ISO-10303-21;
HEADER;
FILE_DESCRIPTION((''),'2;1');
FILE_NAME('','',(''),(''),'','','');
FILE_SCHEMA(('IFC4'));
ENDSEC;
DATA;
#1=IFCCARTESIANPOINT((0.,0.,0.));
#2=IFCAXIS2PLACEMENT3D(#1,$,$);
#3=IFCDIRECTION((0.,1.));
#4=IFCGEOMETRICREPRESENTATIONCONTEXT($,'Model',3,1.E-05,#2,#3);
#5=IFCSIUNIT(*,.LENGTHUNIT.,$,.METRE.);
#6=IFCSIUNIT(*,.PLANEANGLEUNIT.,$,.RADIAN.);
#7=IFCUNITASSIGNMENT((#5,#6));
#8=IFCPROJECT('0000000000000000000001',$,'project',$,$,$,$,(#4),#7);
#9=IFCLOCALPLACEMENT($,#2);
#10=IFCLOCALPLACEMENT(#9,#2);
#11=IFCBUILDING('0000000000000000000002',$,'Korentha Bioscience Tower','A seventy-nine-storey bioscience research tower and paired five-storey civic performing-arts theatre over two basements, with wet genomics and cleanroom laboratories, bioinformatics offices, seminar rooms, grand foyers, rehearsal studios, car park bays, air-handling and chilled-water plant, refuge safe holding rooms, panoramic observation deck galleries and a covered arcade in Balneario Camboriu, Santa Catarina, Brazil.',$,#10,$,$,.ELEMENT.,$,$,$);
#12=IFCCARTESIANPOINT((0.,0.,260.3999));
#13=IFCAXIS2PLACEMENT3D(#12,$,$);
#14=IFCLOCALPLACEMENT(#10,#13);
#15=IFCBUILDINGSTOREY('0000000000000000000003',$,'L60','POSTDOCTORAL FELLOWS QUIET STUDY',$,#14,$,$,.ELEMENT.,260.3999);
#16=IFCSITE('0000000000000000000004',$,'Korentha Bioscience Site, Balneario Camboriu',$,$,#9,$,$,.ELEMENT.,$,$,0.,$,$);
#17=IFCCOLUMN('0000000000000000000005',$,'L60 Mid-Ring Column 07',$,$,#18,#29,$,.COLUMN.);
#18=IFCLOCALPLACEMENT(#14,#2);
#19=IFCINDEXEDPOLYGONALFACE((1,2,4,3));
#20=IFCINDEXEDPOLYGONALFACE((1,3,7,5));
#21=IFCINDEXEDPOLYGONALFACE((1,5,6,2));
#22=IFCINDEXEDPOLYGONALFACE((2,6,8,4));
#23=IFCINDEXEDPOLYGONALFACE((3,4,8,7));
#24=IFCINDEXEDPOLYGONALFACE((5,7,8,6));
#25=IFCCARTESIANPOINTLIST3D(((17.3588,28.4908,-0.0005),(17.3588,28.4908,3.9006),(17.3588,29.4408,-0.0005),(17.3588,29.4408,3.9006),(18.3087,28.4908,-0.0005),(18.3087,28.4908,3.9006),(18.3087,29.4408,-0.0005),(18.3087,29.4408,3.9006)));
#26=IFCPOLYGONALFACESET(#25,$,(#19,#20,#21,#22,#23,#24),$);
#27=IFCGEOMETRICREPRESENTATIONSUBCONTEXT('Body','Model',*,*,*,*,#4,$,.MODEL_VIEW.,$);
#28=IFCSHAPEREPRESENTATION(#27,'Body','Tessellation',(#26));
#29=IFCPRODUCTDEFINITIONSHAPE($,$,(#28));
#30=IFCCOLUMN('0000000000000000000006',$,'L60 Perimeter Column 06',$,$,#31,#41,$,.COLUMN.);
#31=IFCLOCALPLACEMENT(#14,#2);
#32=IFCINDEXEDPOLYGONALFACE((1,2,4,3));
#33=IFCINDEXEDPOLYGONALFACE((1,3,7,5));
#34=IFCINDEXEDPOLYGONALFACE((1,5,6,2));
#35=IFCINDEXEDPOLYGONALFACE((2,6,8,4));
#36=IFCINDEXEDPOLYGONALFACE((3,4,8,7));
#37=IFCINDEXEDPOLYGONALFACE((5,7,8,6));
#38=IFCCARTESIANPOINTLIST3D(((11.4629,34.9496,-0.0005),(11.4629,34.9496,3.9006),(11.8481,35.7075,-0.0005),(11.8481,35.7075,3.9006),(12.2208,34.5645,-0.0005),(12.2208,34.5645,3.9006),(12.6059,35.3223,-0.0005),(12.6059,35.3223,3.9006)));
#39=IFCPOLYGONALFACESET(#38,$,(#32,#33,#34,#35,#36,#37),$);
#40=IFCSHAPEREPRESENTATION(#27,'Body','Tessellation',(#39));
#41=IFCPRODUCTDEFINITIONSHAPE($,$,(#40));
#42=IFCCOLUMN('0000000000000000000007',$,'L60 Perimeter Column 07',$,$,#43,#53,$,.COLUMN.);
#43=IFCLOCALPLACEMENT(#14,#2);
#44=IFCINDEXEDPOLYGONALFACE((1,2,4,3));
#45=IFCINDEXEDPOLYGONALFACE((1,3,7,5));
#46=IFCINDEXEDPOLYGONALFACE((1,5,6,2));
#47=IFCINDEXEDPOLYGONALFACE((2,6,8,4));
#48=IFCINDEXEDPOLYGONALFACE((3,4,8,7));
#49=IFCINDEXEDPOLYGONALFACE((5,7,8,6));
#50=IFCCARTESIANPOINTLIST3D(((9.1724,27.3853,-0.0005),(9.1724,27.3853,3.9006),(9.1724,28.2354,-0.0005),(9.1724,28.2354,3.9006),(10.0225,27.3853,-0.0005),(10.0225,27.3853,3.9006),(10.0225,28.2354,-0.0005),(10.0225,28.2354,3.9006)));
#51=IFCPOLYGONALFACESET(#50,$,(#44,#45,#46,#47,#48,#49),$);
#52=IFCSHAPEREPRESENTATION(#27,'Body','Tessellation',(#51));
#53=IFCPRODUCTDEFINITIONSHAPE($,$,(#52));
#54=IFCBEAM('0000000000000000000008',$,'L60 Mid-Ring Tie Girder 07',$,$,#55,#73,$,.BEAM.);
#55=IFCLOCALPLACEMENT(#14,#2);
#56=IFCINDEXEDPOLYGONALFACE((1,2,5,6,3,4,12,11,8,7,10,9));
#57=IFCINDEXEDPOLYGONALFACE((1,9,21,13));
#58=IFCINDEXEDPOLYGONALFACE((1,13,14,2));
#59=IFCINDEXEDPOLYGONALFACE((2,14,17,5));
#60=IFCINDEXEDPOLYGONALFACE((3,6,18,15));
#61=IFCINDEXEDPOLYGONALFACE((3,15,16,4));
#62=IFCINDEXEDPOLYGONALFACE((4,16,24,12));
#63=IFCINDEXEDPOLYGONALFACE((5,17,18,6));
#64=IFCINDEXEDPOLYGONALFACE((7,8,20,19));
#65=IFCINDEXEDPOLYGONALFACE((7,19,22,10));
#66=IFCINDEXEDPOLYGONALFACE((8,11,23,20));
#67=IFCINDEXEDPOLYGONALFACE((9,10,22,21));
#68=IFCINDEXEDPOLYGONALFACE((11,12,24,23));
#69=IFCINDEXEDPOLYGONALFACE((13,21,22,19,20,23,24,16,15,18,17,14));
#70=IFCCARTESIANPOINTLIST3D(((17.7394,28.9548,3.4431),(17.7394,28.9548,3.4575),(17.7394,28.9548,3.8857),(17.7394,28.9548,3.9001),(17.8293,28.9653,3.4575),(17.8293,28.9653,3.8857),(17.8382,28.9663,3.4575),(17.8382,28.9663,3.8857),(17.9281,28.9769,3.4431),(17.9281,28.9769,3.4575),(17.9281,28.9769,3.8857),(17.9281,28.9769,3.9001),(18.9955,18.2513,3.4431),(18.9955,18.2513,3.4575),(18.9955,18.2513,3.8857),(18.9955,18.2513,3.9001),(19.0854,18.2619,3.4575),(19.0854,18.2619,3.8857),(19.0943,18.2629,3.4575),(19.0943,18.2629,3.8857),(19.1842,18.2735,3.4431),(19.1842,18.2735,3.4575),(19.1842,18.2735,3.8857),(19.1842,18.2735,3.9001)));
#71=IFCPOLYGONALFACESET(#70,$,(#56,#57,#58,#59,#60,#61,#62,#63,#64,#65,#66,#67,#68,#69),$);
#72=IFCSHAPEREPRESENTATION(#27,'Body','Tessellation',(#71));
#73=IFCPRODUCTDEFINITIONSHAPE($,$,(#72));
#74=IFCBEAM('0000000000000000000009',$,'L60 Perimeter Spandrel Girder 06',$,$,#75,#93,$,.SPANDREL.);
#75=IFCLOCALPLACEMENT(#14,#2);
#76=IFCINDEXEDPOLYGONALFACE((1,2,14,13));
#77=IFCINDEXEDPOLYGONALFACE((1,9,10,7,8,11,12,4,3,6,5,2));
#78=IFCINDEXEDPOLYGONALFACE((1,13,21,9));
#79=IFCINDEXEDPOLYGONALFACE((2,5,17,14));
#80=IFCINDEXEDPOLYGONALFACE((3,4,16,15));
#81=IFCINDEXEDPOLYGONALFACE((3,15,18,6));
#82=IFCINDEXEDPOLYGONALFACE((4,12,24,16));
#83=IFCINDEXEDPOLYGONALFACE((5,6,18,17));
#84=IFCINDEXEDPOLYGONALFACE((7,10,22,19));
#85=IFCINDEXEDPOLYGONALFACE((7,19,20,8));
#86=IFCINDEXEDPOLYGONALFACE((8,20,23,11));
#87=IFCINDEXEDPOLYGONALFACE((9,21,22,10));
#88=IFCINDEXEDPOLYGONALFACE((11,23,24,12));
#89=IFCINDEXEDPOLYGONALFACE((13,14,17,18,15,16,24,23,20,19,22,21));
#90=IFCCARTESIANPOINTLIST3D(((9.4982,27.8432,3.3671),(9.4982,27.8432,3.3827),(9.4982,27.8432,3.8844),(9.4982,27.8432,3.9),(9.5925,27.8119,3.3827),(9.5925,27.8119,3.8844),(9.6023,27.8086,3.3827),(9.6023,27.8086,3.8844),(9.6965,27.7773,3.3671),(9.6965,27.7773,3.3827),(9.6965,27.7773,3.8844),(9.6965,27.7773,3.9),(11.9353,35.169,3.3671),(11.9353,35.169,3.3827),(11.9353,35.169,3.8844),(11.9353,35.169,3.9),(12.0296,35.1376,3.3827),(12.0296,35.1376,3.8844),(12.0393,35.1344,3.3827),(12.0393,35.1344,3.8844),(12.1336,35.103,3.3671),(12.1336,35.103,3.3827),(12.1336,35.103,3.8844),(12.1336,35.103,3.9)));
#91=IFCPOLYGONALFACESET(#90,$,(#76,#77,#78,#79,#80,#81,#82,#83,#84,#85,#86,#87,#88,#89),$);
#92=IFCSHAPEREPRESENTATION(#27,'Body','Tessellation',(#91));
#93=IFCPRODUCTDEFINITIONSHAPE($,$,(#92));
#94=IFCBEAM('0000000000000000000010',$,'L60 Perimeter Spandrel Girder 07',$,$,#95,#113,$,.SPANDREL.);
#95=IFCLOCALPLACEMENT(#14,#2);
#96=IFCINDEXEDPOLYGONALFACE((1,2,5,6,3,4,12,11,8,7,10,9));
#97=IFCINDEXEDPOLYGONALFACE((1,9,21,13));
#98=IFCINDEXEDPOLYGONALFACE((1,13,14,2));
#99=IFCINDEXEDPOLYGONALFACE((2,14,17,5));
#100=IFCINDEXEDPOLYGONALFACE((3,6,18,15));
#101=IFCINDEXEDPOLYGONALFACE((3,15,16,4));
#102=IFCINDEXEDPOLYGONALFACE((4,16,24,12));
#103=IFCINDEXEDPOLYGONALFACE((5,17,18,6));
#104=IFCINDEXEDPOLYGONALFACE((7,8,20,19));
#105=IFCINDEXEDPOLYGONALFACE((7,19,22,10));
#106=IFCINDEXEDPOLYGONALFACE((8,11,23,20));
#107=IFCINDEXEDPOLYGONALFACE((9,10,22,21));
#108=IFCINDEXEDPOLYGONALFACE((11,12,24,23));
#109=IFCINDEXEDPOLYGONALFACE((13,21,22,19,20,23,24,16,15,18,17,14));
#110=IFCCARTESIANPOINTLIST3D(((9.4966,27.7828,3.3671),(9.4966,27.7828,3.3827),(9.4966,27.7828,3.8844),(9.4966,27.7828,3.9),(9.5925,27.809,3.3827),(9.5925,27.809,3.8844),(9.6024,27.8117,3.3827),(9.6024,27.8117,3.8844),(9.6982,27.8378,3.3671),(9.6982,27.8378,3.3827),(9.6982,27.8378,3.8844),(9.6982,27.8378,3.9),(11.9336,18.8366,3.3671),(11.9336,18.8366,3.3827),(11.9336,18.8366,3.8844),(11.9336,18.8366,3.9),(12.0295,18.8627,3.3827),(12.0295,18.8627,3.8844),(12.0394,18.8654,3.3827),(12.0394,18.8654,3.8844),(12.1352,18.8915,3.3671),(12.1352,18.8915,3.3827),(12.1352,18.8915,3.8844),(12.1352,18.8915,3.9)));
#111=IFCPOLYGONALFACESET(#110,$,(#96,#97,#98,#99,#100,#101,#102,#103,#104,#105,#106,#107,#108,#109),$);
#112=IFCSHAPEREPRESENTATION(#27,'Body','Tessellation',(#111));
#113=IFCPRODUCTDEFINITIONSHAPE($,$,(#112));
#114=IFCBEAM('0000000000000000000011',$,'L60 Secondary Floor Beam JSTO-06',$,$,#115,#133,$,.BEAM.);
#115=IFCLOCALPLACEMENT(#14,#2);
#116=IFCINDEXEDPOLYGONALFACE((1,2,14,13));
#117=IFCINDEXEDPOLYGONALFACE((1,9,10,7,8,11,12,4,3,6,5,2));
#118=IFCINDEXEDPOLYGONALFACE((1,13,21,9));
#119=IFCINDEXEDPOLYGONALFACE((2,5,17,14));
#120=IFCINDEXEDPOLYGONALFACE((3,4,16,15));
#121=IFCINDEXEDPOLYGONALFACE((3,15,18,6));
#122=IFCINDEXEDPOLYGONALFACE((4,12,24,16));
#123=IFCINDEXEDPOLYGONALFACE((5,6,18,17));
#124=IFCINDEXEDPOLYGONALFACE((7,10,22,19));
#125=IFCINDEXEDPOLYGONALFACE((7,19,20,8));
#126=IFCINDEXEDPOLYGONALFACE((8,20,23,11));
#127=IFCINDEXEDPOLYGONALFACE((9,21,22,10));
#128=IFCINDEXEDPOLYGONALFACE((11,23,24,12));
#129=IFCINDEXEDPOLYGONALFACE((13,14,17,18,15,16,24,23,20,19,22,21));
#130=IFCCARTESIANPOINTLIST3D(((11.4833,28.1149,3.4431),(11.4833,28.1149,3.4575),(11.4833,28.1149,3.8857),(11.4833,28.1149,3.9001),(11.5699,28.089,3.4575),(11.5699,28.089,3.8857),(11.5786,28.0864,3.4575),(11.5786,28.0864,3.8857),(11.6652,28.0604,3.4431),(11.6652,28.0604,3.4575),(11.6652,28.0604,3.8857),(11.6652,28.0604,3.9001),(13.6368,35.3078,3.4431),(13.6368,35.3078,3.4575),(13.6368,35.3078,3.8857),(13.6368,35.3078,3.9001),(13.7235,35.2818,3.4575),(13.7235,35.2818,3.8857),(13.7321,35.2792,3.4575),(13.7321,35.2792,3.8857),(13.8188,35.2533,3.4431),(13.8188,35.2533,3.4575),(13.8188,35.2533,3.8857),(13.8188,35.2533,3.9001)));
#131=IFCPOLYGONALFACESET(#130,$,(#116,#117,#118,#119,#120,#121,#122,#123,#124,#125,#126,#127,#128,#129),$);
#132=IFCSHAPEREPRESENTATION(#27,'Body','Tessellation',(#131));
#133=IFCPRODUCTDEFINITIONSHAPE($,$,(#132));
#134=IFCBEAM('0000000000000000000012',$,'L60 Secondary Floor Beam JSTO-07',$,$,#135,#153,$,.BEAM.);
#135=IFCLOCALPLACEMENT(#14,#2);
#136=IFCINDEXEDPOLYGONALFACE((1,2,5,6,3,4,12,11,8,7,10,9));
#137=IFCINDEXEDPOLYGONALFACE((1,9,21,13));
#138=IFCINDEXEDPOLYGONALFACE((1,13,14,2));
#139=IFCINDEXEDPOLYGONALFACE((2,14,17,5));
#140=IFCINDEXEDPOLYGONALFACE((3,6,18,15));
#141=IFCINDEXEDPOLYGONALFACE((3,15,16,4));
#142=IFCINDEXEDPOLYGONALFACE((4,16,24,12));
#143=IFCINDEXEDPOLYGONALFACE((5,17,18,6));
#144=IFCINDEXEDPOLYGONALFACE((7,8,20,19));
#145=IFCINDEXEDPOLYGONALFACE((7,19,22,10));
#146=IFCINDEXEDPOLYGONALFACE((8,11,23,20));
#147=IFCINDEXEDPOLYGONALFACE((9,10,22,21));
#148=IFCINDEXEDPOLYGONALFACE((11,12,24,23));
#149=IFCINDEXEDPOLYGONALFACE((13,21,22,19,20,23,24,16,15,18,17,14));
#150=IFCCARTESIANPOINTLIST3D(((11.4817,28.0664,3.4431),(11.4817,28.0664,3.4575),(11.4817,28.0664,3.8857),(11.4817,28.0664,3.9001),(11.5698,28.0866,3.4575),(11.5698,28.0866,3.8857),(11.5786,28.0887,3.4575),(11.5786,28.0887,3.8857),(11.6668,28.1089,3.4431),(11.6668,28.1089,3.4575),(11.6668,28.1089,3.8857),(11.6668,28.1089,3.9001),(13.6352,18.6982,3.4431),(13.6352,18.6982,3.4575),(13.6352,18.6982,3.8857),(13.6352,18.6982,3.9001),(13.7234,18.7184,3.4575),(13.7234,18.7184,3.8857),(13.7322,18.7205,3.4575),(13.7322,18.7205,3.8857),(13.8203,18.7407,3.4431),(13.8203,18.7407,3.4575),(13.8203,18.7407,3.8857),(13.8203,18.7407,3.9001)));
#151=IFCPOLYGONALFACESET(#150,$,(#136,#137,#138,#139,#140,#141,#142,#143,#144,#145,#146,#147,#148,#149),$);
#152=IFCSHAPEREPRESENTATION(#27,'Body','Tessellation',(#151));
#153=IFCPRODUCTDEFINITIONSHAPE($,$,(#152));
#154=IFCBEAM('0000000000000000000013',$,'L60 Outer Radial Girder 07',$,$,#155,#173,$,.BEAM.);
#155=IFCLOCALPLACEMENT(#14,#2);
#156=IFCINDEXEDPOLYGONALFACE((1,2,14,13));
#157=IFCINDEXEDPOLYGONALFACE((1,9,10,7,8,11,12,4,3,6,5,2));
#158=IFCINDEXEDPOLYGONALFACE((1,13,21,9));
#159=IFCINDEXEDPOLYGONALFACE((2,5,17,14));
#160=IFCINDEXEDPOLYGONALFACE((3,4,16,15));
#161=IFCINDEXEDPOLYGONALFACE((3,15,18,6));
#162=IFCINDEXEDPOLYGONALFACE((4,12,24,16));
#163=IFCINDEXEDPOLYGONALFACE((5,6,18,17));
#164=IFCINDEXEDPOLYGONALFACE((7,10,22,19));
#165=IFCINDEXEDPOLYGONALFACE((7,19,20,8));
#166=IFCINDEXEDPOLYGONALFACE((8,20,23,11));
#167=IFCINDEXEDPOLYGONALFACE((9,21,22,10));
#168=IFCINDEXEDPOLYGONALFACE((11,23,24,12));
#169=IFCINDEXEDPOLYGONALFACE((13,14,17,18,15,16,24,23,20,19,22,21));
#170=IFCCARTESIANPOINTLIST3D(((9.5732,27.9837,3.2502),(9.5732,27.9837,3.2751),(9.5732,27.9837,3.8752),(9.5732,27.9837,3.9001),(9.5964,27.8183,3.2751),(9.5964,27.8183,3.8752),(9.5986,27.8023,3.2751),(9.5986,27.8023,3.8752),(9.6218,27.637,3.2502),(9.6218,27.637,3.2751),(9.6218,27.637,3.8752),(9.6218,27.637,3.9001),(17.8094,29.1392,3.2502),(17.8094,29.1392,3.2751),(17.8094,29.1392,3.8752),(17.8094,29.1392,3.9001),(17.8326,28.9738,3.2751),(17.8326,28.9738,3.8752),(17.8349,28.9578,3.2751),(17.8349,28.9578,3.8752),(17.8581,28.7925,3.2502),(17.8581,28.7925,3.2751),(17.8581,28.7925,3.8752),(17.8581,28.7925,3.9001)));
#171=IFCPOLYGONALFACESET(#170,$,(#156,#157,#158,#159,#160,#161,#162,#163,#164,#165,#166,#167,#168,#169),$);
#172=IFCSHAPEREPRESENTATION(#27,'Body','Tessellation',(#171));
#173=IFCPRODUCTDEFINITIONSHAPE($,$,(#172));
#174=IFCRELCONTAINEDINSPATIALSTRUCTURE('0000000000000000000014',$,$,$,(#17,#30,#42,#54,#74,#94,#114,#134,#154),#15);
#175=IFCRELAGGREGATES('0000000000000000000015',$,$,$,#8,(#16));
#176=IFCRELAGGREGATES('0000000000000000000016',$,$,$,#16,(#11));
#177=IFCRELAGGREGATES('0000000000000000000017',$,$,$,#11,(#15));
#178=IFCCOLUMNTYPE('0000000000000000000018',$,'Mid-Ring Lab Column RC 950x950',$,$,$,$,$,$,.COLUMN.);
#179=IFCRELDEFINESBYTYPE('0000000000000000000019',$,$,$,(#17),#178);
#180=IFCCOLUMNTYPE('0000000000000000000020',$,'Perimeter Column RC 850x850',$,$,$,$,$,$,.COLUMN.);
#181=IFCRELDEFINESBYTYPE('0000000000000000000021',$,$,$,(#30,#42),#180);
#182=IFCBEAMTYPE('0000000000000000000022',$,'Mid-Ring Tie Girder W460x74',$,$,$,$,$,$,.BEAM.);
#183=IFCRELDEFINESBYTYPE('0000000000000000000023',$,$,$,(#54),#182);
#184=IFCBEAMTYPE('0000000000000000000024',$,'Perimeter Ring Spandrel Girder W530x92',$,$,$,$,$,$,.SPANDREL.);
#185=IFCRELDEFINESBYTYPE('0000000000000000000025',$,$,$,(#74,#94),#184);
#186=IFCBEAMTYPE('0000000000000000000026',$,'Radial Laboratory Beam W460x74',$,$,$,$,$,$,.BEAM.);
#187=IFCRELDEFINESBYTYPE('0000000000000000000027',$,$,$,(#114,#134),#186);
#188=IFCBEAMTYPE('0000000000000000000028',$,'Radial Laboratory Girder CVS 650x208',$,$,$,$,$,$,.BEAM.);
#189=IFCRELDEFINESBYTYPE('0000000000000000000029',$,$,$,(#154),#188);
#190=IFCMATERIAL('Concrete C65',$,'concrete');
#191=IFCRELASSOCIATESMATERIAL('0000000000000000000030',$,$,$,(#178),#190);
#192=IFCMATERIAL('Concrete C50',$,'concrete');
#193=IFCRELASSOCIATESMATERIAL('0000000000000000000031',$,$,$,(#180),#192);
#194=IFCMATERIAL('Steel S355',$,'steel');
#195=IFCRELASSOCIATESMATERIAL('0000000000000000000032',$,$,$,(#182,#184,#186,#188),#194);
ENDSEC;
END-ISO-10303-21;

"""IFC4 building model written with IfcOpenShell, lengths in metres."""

from ifc_helpers import new_model, si_unit, direction, frame, origin, origin_2d, place, context, subcontext, project, spatial, rectangle, i_section, extrude, material, material_profile, profile_set, type_object, element, save


model = new_model("IFC4")

# Units and contexts
model_context = context("Model", 3, precision=1e-05, world=origin(), true_north=direction((0.0, 1.0)))
body_context = subcontext(model_context, "Body", "Model", "MODEL_VIEW")
ifc_project = project(units=[si_unit("LENGTHUNIT", "METRE"), si_unit("PLANEANGLEUNIT", "RADIAN")], contexts=[model_context])

# Site, building, storey
site_placement = place(None, origin())
site = spatial("IfcSite", under=ifc_project, at=site_placement, Name="Korentha Bioscience Site, Balneario Camboriu", CompositionType="ELEMENT", RefElevation=0.0)
building_placement = place(site_placement, origin())
building = spatial("IfcBuilding", under=site, at=building_placement, Name="Korentha Bioscience Tower", Description="A seventy-nine-storey bioscience research tower and paired five-storey civic performing-arts theatre over two basements, with wet genomics and cleanroom laboratories, bioinformatics offices, seminar rooms, grand foyers, rehearsal studios, car park bays, air-handling and chilled-water plant, refuge safe holding rooms, panoramic observation deck galleries and a covered arcade in Balneario Camboriu, Santa Catarina, Brazil.", CompositionType="ELEMENT")
storey_placement = place(building_placement, frame((0.0, 0.0, 260.3999)))
storey = spatial("IfcBuildingStorey", under=building, at=storey_placement, Name="L60", Description="POSTDOCTORAL FELLOWS QUIET STUDY", CompositionType="ELEMENT", Elevation=260.3999)

# Columns
ifc_material_1 = material(Name="Concrete C65", Category="concrete")
ifc_material_profile_1 = material_profile(ifc_material_1, rectangle(XDim=0.95, YDim=0.95, at=origin_2d()), Name="Concrete C65")
ifc_profile_set_1 = profile_set([ifc_material_profile_1], Name="Concrete C65 (COL-MR09)")
column_type_1 = type_object("IfcColumnType", Name="Mid-Ring Lab Column RC 950x950", PredefinedType="COLUMN", material=ifc_profile_set_1)
column_placement = place(storey_placement, frame((17.8337, 28.9658, -0.0005), z_axis=(0.0, 0.0, 1.0), x_axis=(1.0, 0.0, 0.0)))
element("IfcColumn", 1, at=column_placement, inside=storey, type_object=column_type_1, Name="L60 Mid-Ring Column 07", PredefinedType="COLUMN", context=body_context, shape_type="SweptSolid", body=[
    extrude(rectangle(XDim=0.95, YDim=0.95, at=origin_2d()), origin(), (0.0, 0.0, 1.0), 3.9011),
])
ifc_material_2 = material(Name="Concrete C50", Category="concrete")
ifc_material_profile_2 = material_profile(ifc_material_2, rectangle(XDim=0.8501, YDim=0.8501, at=origin_2d()), Name="Concrete C50")
ifc_profile_set_2 = profile_set([ifc_material_profile_2], Name="Concrete C50 (COL-P08)")
column_type_2 = type_object("IfcColumnType", Name="Perimeter Column RC 850x850", PredefinedType="COLUMN", material=ifc_profile_set_2)
for number, where, z_axis, x_axis, name in (
    (2, (12.0344, 35.136, -0.0005), (0.0, 0.0, 1.0), (0.453057, 0.891481, 0.0), "L60 Perimeter Column 06"),
    (3, (9.5974, 27.8103, -0.0005), (0.0, 0.0, 1.0), (0.0, 1.0, 0.0), "L60 Perimeter Column 07"),
):
    element("IfcColumn", number, at=place(storey_placement, frame(where, z_axis=z_axis, x_axis=x_axis)), inside=storey, type_object=column_type_2, Name=name, PredefinedType="COLUMN", context=body_context, shape_type="SweptSolid", body=[
        extrude(rectangle(XDim=0.8501, YDim=0.8501, at=origin_2d()), origin(), (0.0, 0.0, 1.0), 3.9011),
    ])

# Beams
ifc_material_3 = material(Name="Steel S355", Category="steel")
ifc_material_profile_3 = material_profile(ifc_material_3, i_section(OverallWidth=0.1899, OverallDepth=0.457, WebThickness=0.009, FlangeThickness=0.0144, at=origin_2d()), Name="Steel S355")
ifc_profile_set_3 = profile_set([ifc_material_profile_3], Name="Steel S355 (MB-460)")
beam_type_1 = type_object("IfcBeamType", Name="Mid-Ring Tie Girder W460x74", PredefinedType="BEAM", material=ifc_profile_set_3)
beam_1_placement = place(storey_placement, frame((17.8337, 28.9658, 3.6716), z_axis=(0.116556, -0.993184, 0.0), x_axis=(0.993184, 0.116556, 0.0)))
element("IfcBeam", 4, at=beam_1_placement, inside=storey, type_object=beam_type_1, Name="L60 Mid-Ring Tie Girder 07", PredefinedType="BEAM", context=body_context, shape_type="SweptSolid", body=[
    extrude(i_section(OverallWidth=0.1899, OverallDepth=0.457, WebThickness=0.009, FlangeThickness=0.0144, at=origin_2d()), origin(), (0.0, 0.0, 1.0), 10.7769),
])
ifc_material_profile_4 = material_profile(ifc_material_3, i_section(OverallWidth=0.209, OverallDepth=0.533, WebThickness=0.0103, FlangeThickness=0.0156, at=origin_2d()), Name="Steel S355")
ifc_profile_set_4 = profile_set([ifc_material_profile_4], Name="Steel S355 (SB-530)")
beam_type_2 = type_object("IfcBeamType", Name="Perimeter Ring Spandrel Girder W530x92", PredefinedType="SPANDREL", material=ifc_profile_set_4)
beam_2_placement = place(storey_placement, frame((12.0344, 35.136, 3.6335), z_axis=(-0.315658, -0.948873, 0.0), x_axis=(0.948873, -0.315658, 0.0)))
element("IfcBeam", 5, at=beam_2_placement, inside=storey, type_object=beam_type_2, Name="L60 Perimeter Spandrel Girder 06", PredefinedType="SPANDREL", context=body_context, shape_type="SweptSolid", body=[
    extrude(i_section(OverallWidth=0.209, OverallDepth=0.533, WebThickness=0.0103, FlangeThickness=0.0156, at=origin_2d()), origin(), (0.0, 0.0, 1.0), 7.7205),
])
beam_3_placement = place(storey_placement, frame((9.5974, 27.8103, 3.6335), z_axis=(0.262828, -0.964843, 0.0), x_axis=(0.964843, 0.262828, 0.0)))
element("IfcBeam", 6, at=beam_3_placement, inside=storey, type_object=beam_type_2, Name="L60 Perimeter Spandrel Girder 07", PredefinedType="SPANDREL", context=body_context, shape_type="SweptSolid", body=[
    extrude(i_section(OverallWidth=0.209, OverallDepth=0.533, WebThickness=0.0103, FlangeThickness=0.0156, at=origin_2d()), origin(), (0.0, 0.0, 1.0), 9.2722),
])
ifc_material_profile_5 = material_profile(ifc_material_3, i_section(OverallWidth=0.1899, OverallDepth=0.457, WebThickness=0.009, FlangeThickness=0.0144, at=origin_2d()), Name="Steel S355")
ifc_profile_set_5 = profile_set([ifc_material_profile_5], Name="Steel S355 (RB-460)")
beam_type_3 = type_object("IfcBeamType", Name="Radial Laboratory Beam W460x74", PredefinedType="BEAM", material=ifc_profile_set_5)
beam_4_placement = place(storey_placement, frame((13.7278, 35.2805, 3.6716), z_axis=(-0.286823, -0.957984, 0.0), x_axis=(0.957984, -0.286823, 0.0)))
element("IfcBeam", 7, at=beam_4_placement, inside=storey, type_object=beam_type_3, Name="L60 Secondary Floor Beam JSTO-06", PredefinedType="BEAM", context=body_context, shape_type="SweptSolid", body=[
    extrude(i_section(OverallWidth=0.1899, OverallDepth=0.457, WebThickness=0.009, FlangeThickness=0.0144, at=origin_2d()), origin(), (0.0, 0.0, 1.0), 7.5083),
])
beam_5_placement = place(storey_placement, frame((11.5742, 28.0876, 3.6716), z_axis=(0.224038, -0.97458, 0.0), x_axis=(0.97458, 0.224038, 0.0)))
element("IfcBeam", 8, at=beam_5_placement, inside=storey, type_object=beam_type_3, Name="L60 Secondary Floor Beam JSTO-07", PredefinedType="BEAM", context=body_context, shape_type="SweptSolid", body=[
    extrude(i_section(OverallWidth=0.1899, OverallDepth=0.457, WebThickness=0.009, FlangeThickness=0.0144, at=origin_2d()), origin(), (0.0, 0.0, 1.0), 9.6125),
])
ifc_material_profile_6 = material_profile(ifc_material_3, i_section(OverallWidth=0.3501, OverallDepth=0.6499, WebThickness=0.0161, FlangeThickness=0.0249, at=origin_2d()), Name="Steel S355")
ifc_profile_set_6 = profile_set([ifc_material_profile_6], Name="Steel S355 (RB-650)")
beam_type_4 = type_object("IfcBeamType", Name="Radial Laboratory Girder CVS 650x208", PredefinedType="BEAM", material=ifc_profile_set_6)
beam_6_placement = place(storey_placement, frame((17.8337, 28.9658, 3.5752), z_axis=(-0.990302, -0.138935, 0.0), x_axis=(0.138935, -0.990302, 0.0)))
element("IfcBeam", 9, at=beam_6_placement, inside=storey, type_object=beam_type_4, Name="L60 Outer Radial Girder 07", PredefinedType="BEAM", context=body_context, shape_type="SweptSolid", body=[
    extrude(i_section(OverallWidth=0.3501, OverallDepth=0.6499, WebThickness=0.0161, FlangeThickness=0.0249, at=origin_2d()), origin(), (0.0, 0.0, 1.0), 8.3169),
])

save(model, "model.ifc")
